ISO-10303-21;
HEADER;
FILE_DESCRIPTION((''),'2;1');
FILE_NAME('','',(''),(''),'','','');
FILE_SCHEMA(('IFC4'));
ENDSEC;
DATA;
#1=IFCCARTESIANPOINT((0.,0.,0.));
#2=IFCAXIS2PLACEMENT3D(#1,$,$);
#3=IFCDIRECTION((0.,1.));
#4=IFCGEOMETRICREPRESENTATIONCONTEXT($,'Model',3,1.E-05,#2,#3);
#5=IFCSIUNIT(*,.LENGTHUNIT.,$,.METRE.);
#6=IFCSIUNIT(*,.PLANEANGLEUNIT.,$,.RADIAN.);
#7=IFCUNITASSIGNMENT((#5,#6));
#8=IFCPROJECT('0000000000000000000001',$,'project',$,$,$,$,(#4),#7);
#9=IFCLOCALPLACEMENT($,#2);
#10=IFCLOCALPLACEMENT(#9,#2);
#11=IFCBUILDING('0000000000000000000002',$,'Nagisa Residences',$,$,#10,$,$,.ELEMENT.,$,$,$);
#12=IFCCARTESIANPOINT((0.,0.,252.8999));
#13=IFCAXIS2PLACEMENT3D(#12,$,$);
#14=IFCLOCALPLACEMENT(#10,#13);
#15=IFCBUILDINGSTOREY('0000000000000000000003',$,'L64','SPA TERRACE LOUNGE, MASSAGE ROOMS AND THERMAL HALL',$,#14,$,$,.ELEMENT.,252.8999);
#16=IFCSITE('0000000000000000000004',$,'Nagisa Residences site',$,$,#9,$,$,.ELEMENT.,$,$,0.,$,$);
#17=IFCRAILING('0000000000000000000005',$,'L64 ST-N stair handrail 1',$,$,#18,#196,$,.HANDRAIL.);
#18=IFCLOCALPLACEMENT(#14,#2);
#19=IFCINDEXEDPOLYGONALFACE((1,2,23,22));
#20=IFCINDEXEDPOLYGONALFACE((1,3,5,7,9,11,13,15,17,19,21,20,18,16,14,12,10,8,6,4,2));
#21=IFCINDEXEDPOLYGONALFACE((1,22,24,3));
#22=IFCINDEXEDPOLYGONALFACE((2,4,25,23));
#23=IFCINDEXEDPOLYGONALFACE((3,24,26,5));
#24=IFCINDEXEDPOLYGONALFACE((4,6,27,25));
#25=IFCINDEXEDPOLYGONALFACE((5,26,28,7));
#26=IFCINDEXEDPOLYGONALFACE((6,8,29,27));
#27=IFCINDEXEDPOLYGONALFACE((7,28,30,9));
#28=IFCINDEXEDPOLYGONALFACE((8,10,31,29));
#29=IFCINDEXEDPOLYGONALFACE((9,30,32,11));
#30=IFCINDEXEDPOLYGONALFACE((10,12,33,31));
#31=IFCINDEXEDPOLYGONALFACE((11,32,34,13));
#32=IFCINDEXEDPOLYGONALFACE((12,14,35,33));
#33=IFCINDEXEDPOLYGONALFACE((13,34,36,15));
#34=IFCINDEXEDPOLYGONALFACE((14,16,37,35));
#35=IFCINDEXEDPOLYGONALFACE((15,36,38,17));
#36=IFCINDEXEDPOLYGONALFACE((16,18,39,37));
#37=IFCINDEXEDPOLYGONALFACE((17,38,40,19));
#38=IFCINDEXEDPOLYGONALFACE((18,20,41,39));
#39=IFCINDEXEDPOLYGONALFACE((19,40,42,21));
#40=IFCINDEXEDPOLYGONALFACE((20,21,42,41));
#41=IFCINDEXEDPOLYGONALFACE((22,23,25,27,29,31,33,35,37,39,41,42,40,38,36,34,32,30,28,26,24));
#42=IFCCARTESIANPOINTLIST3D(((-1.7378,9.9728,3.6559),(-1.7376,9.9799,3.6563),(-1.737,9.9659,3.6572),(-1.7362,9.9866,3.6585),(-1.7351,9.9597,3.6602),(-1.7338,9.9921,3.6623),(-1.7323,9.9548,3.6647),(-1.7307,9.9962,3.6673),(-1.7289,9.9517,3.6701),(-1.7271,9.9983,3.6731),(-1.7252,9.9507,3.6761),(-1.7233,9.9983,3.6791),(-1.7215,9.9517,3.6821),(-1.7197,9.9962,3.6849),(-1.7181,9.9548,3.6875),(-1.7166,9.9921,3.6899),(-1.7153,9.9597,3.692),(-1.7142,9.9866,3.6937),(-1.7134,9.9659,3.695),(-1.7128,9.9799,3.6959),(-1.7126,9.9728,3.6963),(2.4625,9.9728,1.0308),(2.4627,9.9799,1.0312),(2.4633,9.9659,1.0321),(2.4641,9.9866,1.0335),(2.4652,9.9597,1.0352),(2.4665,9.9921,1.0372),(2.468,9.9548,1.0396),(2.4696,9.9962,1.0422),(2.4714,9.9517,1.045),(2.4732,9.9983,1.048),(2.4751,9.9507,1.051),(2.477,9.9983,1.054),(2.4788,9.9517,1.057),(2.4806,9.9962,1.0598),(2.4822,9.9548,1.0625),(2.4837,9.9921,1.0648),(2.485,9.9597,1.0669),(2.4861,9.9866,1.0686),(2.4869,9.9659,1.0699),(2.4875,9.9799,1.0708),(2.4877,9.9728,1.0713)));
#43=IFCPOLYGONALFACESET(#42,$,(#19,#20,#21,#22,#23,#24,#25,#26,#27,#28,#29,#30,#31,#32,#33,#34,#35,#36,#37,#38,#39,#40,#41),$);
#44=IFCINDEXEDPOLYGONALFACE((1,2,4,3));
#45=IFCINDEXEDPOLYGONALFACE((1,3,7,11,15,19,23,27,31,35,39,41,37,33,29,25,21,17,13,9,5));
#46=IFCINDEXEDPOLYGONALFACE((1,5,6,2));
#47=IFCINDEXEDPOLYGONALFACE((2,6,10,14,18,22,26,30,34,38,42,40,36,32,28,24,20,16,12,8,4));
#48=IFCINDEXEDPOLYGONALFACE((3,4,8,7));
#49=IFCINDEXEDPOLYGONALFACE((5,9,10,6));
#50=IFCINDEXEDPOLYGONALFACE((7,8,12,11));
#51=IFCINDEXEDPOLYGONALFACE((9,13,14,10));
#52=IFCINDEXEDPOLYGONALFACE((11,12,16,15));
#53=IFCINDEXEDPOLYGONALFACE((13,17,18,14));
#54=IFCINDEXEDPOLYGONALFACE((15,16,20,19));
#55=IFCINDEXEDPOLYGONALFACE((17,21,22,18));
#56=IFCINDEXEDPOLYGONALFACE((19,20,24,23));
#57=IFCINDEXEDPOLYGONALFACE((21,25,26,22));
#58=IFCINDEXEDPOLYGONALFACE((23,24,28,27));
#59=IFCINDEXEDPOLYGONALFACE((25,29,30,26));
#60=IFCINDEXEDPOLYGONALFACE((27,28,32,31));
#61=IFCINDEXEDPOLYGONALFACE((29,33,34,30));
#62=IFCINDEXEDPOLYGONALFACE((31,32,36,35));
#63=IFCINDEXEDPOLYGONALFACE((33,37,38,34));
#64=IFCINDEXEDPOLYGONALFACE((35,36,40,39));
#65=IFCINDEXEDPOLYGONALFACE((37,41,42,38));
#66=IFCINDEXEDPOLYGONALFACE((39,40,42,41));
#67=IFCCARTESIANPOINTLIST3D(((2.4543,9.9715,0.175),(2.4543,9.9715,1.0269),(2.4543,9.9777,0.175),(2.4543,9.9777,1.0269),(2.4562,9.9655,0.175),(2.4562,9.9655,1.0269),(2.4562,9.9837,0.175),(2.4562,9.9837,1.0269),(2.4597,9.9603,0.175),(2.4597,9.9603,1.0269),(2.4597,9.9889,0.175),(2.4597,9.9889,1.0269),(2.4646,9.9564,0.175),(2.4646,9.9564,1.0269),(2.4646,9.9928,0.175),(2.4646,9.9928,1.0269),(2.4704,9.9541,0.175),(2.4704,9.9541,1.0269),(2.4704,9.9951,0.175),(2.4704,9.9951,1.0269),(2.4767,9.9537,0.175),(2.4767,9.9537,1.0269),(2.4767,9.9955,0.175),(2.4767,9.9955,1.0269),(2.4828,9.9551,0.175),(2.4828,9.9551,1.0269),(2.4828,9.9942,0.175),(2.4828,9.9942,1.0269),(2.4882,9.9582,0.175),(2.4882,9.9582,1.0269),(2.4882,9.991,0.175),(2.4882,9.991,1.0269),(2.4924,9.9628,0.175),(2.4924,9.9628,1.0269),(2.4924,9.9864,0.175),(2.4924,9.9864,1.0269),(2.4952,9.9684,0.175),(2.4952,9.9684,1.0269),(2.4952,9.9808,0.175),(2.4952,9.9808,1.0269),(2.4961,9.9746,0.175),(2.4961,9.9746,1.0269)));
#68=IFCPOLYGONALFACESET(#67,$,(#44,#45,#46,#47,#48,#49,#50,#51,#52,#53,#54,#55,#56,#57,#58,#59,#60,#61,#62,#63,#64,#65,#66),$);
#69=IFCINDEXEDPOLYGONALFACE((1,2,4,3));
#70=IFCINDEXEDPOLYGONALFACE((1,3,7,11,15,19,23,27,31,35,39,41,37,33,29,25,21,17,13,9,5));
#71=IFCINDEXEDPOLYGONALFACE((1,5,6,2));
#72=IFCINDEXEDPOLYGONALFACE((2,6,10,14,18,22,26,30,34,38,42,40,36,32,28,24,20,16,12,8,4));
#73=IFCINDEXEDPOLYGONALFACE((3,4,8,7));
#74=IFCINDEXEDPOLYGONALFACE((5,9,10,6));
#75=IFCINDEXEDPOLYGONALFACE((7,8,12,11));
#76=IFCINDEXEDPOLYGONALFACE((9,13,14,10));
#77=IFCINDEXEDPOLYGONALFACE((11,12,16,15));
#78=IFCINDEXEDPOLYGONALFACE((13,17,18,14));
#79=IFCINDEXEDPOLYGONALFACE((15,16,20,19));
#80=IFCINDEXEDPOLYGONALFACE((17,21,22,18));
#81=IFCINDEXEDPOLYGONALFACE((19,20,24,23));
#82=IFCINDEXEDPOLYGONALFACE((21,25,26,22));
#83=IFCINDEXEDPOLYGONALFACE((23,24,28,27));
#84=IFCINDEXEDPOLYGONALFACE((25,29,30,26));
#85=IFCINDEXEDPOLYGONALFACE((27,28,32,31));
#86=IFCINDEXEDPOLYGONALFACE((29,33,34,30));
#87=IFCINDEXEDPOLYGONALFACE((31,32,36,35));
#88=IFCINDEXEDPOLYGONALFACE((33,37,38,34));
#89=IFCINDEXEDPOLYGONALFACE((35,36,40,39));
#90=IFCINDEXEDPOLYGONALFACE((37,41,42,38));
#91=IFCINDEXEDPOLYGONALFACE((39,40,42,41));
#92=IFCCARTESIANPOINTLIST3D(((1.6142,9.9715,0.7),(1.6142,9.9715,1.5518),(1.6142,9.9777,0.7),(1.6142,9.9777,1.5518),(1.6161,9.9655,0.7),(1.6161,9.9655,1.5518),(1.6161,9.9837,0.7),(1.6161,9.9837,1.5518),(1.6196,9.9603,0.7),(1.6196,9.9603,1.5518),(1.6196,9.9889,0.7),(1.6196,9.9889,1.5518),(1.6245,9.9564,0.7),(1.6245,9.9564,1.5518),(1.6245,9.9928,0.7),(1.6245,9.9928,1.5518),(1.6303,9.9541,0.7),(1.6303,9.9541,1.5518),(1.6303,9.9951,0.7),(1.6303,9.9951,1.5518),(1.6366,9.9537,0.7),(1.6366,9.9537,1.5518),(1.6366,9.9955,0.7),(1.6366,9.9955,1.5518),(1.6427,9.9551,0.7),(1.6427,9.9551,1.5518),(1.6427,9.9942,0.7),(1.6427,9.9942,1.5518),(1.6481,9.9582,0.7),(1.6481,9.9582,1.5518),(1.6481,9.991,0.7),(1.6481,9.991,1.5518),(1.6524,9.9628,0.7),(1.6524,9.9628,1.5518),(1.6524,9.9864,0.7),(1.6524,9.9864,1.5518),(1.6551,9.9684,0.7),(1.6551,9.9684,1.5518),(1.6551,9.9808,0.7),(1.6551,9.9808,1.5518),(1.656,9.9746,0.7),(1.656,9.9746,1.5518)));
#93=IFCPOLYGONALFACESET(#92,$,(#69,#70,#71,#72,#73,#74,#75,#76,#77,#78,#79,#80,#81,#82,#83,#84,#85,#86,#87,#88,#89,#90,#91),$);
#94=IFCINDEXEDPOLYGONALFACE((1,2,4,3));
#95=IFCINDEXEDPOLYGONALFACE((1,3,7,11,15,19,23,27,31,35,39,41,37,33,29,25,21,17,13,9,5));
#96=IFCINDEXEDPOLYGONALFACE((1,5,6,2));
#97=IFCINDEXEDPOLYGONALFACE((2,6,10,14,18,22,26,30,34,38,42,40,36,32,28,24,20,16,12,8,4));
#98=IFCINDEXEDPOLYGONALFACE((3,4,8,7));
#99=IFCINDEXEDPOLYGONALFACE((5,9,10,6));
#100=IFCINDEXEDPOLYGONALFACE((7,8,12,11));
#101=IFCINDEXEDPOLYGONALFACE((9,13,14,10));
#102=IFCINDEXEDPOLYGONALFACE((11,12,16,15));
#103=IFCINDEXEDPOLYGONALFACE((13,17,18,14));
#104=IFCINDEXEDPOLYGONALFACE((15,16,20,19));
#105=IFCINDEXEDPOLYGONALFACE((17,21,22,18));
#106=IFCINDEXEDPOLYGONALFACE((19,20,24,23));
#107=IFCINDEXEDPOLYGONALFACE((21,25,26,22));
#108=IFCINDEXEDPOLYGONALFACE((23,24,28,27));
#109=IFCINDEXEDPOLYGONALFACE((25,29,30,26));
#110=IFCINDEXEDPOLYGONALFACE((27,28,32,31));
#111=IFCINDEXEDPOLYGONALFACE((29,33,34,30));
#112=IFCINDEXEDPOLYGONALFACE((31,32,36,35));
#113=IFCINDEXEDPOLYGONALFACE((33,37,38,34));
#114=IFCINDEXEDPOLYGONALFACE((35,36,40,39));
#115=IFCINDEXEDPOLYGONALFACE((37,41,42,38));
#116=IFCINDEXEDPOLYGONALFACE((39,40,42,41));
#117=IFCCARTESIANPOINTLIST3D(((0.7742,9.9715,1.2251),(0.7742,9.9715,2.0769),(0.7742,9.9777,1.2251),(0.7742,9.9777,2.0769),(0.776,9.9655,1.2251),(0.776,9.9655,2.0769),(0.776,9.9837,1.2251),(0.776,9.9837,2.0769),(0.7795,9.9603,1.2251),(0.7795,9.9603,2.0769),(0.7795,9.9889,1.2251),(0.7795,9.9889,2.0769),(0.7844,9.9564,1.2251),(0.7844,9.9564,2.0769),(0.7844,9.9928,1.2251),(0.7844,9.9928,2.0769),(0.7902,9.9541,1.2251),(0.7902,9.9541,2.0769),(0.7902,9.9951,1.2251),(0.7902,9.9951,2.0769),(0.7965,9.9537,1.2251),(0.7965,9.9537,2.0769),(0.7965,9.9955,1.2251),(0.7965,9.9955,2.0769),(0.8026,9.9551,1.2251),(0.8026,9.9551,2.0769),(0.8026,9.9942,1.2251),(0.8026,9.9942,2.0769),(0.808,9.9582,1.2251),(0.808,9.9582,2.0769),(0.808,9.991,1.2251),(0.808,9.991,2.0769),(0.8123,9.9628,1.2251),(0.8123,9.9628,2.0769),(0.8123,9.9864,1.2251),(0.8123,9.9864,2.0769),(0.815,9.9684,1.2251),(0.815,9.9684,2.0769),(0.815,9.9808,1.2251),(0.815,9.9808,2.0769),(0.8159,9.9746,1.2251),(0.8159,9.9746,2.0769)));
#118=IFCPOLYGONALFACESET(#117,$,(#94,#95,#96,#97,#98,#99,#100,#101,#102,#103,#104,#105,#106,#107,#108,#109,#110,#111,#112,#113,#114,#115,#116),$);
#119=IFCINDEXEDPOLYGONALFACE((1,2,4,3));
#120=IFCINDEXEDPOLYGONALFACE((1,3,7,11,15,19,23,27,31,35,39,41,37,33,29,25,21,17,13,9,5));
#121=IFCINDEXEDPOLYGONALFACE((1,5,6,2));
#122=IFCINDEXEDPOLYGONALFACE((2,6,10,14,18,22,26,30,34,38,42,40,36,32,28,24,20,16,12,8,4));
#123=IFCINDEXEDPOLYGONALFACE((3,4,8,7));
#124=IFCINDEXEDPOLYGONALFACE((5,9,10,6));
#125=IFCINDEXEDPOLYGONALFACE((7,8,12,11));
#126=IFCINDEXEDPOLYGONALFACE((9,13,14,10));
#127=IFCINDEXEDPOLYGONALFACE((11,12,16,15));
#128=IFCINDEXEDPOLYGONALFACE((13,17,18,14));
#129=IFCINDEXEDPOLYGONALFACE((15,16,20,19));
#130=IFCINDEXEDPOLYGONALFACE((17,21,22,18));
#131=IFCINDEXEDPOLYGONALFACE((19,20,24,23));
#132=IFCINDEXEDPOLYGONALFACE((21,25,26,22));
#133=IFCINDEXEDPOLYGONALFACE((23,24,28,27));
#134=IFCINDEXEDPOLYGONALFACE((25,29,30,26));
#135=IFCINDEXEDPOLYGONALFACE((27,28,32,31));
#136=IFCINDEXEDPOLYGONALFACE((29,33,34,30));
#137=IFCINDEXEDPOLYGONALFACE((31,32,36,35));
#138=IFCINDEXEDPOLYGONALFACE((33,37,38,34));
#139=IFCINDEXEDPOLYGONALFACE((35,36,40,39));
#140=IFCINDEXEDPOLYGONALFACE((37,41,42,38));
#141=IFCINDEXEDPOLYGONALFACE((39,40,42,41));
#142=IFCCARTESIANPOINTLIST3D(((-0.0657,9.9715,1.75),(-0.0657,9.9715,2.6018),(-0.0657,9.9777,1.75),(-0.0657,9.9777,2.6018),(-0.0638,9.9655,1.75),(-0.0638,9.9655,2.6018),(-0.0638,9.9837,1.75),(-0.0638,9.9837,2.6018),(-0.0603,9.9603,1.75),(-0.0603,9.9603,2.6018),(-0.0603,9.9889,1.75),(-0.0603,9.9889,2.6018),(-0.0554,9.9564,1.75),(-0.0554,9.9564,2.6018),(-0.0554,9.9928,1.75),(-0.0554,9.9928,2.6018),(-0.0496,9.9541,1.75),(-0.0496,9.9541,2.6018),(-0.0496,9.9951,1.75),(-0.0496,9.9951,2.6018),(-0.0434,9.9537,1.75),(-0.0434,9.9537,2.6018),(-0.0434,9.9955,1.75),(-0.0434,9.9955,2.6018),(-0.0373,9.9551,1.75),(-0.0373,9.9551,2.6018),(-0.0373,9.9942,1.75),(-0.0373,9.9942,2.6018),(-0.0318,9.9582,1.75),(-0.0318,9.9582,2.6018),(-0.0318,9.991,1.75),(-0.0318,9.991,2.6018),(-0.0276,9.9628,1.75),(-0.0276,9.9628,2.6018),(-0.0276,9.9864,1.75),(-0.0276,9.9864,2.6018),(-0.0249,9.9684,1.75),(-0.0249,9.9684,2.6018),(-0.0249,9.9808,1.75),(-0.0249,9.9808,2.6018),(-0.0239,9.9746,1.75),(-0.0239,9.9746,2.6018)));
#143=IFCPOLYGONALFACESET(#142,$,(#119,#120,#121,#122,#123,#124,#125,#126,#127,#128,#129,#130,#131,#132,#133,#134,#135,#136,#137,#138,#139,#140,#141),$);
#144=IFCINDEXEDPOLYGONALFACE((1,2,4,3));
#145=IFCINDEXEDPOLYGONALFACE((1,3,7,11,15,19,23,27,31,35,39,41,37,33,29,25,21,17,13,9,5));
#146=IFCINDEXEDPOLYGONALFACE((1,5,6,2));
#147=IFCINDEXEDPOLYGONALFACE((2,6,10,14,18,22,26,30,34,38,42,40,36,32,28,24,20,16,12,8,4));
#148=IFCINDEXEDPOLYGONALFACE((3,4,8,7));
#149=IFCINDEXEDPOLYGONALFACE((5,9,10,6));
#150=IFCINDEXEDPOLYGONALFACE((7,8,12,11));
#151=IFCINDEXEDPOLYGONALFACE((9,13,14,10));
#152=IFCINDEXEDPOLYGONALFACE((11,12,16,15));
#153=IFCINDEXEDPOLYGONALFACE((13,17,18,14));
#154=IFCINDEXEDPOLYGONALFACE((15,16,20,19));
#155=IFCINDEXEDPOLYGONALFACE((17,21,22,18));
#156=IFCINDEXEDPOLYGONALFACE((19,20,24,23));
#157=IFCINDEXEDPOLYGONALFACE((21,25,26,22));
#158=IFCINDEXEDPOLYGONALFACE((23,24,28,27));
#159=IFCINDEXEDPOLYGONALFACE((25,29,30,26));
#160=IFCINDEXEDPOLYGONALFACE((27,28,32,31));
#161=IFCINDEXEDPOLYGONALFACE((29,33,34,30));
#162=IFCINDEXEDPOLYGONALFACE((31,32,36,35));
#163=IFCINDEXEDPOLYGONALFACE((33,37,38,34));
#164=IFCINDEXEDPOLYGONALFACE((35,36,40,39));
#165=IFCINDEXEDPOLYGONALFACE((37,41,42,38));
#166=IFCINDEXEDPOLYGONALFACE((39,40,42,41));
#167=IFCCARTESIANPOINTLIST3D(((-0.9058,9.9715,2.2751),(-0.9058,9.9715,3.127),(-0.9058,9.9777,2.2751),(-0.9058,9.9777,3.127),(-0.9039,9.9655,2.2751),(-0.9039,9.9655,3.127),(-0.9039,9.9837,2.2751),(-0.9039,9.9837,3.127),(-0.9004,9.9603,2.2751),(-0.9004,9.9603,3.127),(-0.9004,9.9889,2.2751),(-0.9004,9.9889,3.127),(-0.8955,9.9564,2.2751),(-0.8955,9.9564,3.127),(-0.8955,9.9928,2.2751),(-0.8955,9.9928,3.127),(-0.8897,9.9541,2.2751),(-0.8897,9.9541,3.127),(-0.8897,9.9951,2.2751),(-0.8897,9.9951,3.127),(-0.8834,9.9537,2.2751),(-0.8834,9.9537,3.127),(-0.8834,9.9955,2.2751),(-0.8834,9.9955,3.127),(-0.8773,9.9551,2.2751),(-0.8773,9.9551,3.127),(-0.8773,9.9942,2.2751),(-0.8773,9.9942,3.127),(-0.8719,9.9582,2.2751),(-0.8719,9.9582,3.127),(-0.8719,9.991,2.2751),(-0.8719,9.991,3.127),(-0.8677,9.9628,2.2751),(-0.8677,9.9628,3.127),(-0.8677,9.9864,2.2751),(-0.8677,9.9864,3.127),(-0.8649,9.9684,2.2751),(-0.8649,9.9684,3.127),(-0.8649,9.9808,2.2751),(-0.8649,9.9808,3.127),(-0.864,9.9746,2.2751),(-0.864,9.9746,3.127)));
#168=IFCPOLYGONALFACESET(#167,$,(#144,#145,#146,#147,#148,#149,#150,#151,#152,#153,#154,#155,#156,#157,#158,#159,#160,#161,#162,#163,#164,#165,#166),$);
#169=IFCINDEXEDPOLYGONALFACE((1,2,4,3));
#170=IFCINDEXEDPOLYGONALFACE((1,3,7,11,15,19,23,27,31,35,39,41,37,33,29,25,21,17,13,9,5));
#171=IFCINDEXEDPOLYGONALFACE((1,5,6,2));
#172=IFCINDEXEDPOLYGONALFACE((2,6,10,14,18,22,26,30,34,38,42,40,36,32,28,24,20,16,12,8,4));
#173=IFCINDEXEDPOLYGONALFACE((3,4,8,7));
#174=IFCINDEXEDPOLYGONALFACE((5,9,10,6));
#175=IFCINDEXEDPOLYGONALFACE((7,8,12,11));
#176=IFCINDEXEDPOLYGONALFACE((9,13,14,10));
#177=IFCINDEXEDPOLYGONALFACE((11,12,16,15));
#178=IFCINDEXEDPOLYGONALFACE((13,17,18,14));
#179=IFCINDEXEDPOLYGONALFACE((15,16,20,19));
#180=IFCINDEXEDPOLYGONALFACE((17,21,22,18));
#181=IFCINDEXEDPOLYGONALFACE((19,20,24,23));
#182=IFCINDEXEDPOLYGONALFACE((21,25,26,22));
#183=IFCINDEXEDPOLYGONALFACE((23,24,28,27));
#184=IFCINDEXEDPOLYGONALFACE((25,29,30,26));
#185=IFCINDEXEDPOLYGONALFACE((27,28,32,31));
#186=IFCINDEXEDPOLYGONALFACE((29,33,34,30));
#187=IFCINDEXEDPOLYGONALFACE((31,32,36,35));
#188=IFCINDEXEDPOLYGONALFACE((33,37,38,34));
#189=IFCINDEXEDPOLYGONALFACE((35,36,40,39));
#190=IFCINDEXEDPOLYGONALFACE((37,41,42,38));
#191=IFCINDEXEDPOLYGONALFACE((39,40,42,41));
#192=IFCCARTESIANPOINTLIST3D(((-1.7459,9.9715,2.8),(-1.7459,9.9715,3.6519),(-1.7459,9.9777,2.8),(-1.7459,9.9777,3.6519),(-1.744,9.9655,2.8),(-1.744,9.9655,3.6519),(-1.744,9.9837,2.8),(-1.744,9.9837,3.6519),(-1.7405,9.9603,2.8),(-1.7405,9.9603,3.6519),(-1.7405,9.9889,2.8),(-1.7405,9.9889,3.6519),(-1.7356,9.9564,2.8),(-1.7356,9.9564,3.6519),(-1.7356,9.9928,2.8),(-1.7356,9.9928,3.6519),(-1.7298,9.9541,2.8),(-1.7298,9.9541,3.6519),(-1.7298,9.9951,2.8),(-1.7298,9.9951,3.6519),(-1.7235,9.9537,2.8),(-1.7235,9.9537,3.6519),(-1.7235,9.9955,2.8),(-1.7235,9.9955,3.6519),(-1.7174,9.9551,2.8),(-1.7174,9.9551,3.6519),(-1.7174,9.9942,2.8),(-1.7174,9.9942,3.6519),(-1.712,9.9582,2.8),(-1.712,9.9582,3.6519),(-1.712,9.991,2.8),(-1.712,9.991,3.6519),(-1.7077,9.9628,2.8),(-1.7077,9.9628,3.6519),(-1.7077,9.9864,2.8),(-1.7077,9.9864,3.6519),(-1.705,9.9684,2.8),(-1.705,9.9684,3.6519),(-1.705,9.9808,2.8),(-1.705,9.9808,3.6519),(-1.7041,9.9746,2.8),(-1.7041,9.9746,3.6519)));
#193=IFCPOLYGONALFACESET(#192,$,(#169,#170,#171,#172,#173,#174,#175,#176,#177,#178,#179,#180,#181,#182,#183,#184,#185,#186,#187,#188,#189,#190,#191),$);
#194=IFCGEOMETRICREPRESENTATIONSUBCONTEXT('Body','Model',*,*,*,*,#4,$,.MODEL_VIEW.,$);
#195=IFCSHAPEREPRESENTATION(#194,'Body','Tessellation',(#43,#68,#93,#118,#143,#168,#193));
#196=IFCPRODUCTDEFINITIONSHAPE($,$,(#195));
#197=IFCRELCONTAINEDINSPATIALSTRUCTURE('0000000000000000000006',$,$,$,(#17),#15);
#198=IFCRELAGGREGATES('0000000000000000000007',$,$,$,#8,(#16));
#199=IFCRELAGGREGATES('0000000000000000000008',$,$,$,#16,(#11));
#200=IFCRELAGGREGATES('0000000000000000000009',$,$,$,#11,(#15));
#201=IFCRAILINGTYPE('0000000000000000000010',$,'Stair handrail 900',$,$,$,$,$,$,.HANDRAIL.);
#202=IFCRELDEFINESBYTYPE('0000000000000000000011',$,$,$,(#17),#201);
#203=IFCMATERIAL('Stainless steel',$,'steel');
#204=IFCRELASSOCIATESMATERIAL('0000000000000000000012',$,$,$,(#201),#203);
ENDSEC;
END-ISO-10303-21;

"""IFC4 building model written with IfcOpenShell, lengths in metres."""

from ifc_helpers import new_model, si_unit, direction, frame, origin, origin_2d, place, context, subcontext, project, spatial, circle, extrude, material, type_object, element, save


model = new_model("IFC4")

# Units and contexts
model_context = context("Model", 3, precision=1e-05, world=origin(), true_north=direction((0.0, 1.0)))
body_context = subcontext(model_context, "Body", "Model", "MODEL_VIEW")
ifc_project = project(units=[si_unit("LENGTHUNIT", "METRE"), si_unit("PLANEANGLEUNIT", "RADIAN")], contexts=[model_context])

# Site, building, storey
site_placement = place(None, origin())
site = spatial("IfcSite", under=ifc_project, at=site_placement, Name="Nagisa Residences site", CompositionType="ELEMENT", RefElevation=0.0)
building_placement = place(site_placement, origin())
building = spatial("IfcBuilding", under=site, at=building_placement, Name="Nagisa Residences", CompositionType="ELEMENT")
storey_placement = place(building_placement, frame((0.0, 0.0, 252.8999)))
storey = spatial("IfcBuildingStorey", under=building, at=storey_placement, Name="L64", Description="SPA TERRACE LOUNGE, MASSAGE ROOMS AND THERMAL HALL", CompositionType="ELEMENT", Elevation=252.8999)

# Railing
ifc_material_1 = material(Name="Stainless steel", Category="steel")
railing_type_1 = type_object("IfcRailingType", Name="Stair handrail 900", PredefinedType="HANDRAIL", material=ifc_material_1)
railing_1_placement = place(storey_placement, frame((2.4751, 9.9746, 0.175)))
element("IfcRailing", 1, at=railing_1_placement, inside=storey, type_object=railing_type_1, Name="L64 ST-N stair handrail 1", PredefinedType="HANDRAIL", context=body_context, shape_type="SweptSolid", body=[
    extrude(circle(Radius=0.0239, at=origin_2d()), frame((0.0, 0.0, 0.876), z_axis=(-0.848009, 0.0, 0.529981), x_axis=(0.0, -1.0, 0.0)), (0.0, 0.0, 1.0), 4.9531),
    extrude(circle(Radius=0.021, at=origin_2d()), origin(), (0.0, 0.0, 1.0), 0.8518),
    extrude(circle(Radius=0.021, at=origin_2d()), frame((-0.8401, 0.0, 0.5249)), (0.0, 0.0, 1.0), 0.8518),
    extrude(circle(Radius=0.021, at=origin_2d()), frame((-1.6802, 0.0, 1.05)), (0.0, 0.0, 1.0), 0.8518),
    extrude(circle(Radius=0.021, at=origin_2d()), frame((-2.52, 0.0, 1.575)), (0.0, 0.0, 1.0), 0.8518),
    extrude(circle(Radius=0.021, at=origin_2d()), frame((-3.3601, 0.0, 2.1001)), (0.0, 0.0, 1.0), 0.8518),
    extrude(circle(Radius=0.021, at=origin_2d()), frame((-4.2002, 0.0, 2.625)), (0.0, 0.0, 1.0), 0.8518),
])

save(model, "model.ifc")
